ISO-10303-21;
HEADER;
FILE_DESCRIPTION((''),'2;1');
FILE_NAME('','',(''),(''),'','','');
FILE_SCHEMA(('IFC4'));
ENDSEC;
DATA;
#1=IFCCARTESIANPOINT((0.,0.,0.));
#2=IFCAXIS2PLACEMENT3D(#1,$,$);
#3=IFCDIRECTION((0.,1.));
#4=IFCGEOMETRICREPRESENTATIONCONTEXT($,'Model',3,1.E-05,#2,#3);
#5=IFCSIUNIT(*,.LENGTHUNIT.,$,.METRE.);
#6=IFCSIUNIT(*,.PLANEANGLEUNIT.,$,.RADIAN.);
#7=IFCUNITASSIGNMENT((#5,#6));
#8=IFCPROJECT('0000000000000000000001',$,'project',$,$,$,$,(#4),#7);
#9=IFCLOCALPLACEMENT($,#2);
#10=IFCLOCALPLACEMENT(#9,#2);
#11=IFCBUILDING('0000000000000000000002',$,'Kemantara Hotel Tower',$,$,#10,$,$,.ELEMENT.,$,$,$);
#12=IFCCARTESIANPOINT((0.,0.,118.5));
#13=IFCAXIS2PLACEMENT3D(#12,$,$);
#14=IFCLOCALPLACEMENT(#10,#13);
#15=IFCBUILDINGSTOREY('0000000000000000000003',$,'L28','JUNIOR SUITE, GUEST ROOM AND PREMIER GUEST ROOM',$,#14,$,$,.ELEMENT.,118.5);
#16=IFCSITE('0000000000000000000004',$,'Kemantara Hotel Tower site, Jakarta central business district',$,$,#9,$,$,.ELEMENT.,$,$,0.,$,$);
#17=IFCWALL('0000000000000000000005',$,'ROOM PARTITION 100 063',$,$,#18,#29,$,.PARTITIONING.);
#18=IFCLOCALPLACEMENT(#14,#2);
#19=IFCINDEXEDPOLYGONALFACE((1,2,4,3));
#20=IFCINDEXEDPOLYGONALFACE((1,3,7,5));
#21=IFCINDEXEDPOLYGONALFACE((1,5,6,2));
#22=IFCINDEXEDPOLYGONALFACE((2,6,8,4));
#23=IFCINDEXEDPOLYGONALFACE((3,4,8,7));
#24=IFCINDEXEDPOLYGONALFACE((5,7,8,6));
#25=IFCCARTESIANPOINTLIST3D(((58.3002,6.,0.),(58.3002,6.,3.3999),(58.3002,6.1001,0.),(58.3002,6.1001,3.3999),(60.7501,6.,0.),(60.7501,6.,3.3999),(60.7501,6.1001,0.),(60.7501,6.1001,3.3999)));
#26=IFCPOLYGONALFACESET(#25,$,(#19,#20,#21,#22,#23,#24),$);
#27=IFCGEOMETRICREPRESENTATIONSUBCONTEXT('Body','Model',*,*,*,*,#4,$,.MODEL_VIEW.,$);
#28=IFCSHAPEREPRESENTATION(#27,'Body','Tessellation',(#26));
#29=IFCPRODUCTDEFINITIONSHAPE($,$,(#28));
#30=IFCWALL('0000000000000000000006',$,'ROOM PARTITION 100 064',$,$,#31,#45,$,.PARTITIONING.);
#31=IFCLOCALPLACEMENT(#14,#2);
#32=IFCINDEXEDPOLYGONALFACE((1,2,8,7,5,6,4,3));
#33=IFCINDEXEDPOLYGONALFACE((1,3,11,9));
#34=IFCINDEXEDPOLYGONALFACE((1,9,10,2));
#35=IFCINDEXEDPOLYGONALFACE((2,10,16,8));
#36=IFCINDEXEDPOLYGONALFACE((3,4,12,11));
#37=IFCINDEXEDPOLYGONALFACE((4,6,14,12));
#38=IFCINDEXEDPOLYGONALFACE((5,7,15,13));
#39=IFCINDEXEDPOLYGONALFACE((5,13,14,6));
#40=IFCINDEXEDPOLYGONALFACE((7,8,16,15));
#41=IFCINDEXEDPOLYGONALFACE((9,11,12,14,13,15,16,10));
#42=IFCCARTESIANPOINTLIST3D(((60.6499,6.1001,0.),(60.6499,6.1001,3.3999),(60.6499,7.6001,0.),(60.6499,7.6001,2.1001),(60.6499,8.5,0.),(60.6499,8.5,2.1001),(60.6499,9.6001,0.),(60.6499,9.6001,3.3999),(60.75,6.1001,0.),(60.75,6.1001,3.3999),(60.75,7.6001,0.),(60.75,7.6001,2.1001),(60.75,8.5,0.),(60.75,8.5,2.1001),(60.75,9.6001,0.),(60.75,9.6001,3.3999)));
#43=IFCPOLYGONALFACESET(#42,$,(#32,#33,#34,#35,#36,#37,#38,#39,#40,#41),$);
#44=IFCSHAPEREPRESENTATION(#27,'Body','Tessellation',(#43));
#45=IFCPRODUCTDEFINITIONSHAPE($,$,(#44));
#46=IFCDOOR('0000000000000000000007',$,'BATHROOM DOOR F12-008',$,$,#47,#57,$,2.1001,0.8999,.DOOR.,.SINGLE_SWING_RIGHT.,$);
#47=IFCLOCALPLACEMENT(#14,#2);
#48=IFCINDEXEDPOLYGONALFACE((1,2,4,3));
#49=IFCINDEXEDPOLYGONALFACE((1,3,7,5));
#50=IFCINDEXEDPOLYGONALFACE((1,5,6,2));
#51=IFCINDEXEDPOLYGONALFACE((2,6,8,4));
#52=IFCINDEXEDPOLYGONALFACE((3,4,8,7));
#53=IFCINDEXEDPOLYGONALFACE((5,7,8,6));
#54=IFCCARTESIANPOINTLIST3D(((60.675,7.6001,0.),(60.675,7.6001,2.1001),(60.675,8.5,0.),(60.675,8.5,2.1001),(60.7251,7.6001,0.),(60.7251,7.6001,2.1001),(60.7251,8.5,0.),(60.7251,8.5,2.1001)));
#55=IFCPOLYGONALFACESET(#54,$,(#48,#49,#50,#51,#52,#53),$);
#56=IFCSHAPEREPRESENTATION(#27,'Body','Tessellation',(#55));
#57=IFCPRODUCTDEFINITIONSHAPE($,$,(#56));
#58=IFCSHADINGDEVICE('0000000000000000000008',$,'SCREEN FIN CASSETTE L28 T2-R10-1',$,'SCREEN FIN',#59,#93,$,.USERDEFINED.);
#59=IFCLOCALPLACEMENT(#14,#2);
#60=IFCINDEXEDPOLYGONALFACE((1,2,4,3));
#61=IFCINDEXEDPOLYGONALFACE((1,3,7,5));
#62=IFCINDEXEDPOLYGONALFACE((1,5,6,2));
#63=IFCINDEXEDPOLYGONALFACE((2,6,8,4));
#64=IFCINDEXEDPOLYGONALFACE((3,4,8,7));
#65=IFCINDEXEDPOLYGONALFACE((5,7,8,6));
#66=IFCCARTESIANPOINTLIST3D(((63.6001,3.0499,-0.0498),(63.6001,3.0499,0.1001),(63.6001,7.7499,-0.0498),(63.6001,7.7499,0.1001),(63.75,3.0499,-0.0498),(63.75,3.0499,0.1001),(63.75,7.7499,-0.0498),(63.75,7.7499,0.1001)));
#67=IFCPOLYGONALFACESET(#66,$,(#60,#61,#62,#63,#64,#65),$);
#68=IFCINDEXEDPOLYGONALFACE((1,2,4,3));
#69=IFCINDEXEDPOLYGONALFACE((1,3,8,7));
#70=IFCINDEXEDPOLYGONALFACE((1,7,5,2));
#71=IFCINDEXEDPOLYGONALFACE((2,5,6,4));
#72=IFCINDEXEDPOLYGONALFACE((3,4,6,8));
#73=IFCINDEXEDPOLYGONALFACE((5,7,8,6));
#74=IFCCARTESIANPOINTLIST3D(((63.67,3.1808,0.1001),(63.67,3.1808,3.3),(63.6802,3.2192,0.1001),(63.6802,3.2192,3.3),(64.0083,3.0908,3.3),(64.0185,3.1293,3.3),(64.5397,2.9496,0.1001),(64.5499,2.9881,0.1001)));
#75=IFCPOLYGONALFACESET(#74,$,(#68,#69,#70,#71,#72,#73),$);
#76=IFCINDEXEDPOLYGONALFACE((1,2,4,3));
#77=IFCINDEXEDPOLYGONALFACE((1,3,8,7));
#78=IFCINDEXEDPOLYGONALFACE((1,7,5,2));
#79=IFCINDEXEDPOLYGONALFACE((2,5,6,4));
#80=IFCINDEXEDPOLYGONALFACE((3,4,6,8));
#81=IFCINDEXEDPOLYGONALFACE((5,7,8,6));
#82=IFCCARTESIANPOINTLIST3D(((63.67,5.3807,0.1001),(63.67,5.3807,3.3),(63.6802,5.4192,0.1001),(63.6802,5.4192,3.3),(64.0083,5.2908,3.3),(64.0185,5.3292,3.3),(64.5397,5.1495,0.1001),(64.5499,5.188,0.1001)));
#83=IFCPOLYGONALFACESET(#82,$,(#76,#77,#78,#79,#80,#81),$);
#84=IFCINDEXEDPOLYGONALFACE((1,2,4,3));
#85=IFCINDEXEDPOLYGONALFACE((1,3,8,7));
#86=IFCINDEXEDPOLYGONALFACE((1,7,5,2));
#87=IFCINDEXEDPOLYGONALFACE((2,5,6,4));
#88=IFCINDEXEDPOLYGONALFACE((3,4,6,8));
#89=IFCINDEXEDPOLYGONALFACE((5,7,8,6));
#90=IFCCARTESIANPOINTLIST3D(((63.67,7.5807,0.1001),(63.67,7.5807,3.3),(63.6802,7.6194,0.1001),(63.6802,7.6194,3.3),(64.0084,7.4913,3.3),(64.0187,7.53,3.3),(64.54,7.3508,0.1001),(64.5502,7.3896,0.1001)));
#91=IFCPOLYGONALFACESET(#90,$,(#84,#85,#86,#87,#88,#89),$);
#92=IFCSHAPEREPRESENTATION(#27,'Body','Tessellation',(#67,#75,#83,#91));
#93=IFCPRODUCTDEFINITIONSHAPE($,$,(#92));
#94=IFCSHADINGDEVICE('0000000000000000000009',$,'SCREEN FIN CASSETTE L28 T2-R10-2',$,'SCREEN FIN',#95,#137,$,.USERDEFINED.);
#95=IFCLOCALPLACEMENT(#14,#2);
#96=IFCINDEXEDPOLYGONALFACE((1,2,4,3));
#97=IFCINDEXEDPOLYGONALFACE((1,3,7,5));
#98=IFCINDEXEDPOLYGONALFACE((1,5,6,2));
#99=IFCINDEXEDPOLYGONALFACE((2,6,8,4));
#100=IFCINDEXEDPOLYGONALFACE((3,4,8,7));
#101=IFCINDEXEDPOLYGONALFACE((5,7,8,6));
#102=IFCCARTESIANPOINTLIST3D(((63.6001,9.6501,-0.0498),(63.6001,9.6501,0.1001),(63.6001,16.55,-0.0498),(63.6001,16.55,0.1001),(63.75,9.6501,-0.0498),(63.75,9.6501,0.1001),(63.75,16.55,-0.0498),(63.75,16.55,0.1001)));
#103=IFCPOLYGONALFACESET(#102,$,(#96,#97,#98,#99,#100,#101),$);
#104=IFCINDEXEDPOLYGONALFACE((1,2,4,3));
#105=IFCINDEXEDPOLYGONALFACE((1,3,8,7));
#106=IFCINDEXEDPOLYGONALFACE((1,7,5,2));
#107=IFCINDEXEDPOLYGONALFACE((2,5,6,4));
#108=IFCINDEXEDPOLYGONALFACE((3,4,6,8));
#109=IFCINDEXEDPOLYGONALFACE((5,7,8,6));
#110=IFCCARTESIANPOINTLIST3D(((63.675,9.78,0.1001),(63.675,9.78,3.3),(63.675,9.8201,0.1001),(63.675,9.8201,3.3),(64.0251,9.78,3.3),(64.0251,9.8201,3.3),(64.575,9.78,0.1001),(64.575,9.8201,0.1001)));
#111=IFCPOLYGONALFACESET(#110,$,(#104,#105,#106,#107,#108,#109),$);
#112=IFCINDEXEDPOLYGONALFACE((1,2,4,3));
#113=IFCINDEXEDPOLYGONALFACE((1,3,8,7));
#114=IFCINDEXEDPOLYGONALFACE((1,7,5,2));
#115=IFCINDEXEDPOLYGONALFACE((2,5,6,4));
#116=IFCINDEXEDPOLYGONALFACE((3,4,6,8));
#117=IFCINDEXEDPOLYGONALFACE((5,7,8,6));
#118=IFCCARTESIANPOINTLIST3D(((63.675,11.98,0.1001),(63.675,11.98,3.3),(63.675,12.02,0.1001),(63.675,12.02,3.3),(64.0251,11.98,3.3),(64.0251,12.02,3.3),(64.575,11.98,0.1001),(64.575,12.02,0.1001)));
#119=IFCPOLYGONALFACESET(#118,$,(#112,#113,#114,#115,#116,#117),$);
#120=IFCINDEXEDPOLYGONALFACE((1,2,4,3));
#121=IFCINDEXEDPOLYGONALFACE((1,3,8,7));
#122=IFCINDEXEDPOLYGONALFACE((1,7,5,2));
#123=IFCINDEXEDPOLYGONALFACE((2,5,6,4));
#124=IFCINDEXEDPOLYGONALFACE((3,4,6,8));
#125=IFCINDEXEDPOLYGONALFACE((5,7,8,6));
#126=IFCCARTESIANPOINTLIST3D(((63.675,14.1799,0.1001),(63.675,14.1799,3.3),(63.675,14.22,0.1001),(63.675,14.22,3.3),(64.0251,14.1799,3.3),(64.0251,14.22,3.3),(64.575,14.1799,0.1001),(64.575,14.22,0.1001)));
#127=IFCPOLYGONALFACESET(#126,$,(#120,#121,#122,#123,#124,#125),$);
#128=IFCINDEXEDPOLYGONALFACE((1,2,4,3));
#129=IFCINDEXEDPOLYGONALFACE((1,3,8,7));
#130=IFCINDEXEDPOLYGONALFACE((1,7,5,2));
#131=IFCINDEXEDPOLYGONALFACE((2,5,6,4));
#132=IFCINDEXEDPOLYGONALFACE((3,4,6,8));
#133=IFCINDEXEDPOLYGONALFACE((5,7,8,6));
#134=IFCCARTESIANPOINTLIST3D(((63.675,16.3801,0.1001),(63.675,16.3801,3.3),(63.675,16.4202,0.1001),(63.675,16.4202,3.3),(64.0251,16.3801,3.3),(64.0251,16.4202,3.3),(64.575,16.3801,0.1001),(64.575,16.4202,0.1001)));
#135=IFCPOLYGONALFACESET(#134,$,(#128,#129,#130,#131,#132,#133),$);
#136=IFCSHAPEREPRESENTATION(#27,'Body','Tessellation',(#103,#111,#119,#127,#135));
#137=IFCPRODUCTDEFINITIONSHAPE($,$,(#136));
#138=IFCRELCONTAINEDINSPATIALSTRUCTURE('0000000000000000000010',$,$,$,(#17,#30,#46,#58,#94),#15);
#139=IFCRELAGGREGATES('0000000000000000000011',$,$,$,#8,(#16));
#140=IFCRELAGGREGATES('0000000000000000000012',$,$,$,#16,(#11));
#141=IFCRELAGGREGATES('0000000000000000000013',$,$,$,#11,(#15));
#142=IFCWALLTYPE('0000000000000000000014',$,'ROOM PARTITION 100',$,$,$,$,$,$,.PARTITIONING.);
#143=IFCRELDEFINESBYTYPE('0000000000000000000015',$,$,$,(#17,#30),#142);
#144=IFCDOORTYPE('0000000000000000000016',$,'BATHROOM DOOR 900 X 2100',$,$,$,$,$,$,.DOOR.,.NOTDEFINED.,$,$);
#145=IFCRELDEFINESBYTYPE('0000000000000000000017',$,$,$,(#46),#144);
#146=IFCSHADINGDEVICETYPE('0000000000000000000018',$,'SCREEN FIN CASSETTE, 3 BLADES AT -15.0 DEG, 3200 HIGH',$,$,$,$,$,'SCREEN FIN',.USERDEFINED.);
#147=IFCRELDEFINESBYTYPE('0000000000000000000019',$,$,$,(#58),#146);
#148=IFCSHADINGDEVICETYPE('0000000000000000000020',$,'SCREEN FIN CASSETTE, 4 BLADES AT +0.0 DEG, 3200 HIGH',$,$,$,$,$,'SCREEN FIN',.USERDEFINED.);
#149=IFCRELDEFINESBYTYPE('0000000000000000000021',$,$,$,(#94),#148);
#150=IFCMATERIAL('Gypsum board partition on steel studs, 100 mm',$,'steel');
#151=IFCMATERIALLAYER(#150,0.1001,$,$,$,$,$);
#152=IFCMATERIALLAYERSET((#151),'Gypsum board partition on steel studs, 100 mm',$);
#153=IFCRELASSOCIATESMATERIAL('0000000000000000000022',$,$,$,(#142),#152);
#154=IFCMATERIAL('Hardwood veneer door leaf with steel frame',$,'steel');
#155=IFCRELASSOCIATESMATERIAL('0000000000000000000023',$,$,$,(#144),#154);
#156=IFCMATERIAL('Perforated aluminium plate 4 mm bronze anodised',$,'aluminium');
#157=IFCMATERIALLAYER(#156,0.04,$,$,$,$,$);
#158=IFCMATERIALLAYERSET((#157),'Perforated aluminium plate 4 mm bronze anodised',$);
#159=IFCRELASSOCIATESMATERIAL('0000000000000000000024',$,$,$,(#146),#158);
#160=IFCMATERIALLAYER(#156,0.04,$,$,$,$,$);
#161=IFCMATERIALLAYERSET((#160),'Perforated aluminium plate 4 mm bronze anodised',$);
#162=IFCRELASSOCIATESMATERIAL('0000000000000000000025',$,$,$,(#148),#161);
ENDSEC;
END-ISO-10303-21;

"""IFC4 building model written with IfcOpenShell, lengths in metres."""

from ifc_helpers import new_model, si_unit, direction, frame, frame_2d, origin, origin_2d, place, context, subcontext, project, spatial, polyline, rectangle, outline, extrude, source, transform, mapped, material, layer, layer_set, type_object, element, fill, save


model = new_model("IFC4")

# Units and contexts
model_context = context("Model", 3, precision=1e-05, world=origin(), true_north=direction((0.0, 1.0)))
body_context = subcontext(model_context, "Body", "Model", "MODEL_VIEW")
ifc_project = project(units=[si_unit("LENGTHUNIT", "METRE"), si_unit("PLANEANGLEUNIT", "RADIAN")], contexts=[model_context])

# Site, building, storey
site_placement = place(None, origin())
site = spatial("IfcSite", under=ifc_project, at=site_placement, Name="Kemantara Hotel Tower site, Jakarta central business district", CompositionType="ELEMENT", RefElevation=0.0)
building_placement = place(site_placement, origin())
building = spatial("IfcBuilding", under=site, at=building_placement, Name="Kemantara Hotel Tower", CompositionType="ELEMENT")
storey_placement = place(building_placement, frame((0.0, 0.0, 118.5)))
storey = spatial("IfcBuildingStorey", under=building, at=storey_placement, Name="L28", Description="JUNIOR SUITE, GUEST ROOM AND PREMIER GUEST ROOM", CompositionType="ELEMENT", Elevation=118.5)

# Shared definitions
ifc_material_1 = material(Name="Hardwood veneer door leaf with steel frame", Category="steel")

# Wall
ifc_material_2 = material(Name="Gypsum board partition on steel studs, 100 mm", Category="steel")
ifc_layer_1 = layer(ifc_material_2, 0.1001)
ifc_layer_set_1 = layer_set([ifc_layer_1], Name="Gypsum board partition on steel studs, 100 mm")
wall_type_1 = type_object("IfcWallType", Name="ROOM PARTITION 100", PredefinedType="PARTITIONING", material=ifc_layer_set_1)
wall_1_placement = place(storey_placement, frame((58.3, 6.05, 0.0), z_axis=(0.0, 0.0, 1.0), x_axis=(1.0, 0.0, 0.0)))
element("IfcWall", 1, at=wall_1_placement, inside=storey, type_object=wall_type_1, Name="ROOM PARTITION 100 063", PredefinedType="PARTITIONING", context=body_context, shape_type="SweptSolid", body=[
    extrude(rectangle(XDim=2.45, YDim=0.1001, at=frame_2d((1.2251, 0.0))), origin(), (0.0, 0.0, 1.0), 3.3999),
])

# Wall, opening, door
wall_2_placement = place(storey_placement, frame((60.7, 6.1001, 0.0), z_axis=(0.0, 0.0, 1.0), x_axis=(0.0, 1.0, 0.0)))
wall_2 = element("IfcWall", 2, at=wall_2_placement, inside=storey, type_object=wall_type_1, Name="ROOM PARTITION 100 064", PredefinedType="PARTITIONING", context=body_context, shape_type="SweptSolid", body=[
    extrude(rectangle(XDim=3.5, YDim=0.1001, at=frame_2d((1.75, 0.0))), origin(), (0.0, 0.0, 1.0), 3.3999),
])
opening_1_placement = place(wall_2_placement, frame((1.5, 0.0, 0.0)))
opening_1 = element("IfcOpeningElement", 3, at=opening_1_placement, cuts=wall_2, PredefinedType="OPENING", context=body_context, shape_type="SweptSolid", body=[
    extrude(rectangle(XDim=0.8999, YDim=2.1001, at=frame_2d((0.45, 1.05))), frame((0.0, 0.0601, 0.0), z_axis=(0.0, -1.0, 0.0), x_axis=(1.0, 0.0, 0.0)), (0.0, 0.0, 1.0), 0.1201),
])
door_type_1 = type_object("IfcDoorType", Name="BATHROOM DOOR 900 X 2100", OperationType="NOTDEFINED", PredefinedType="DOOR", material=ifc_material_1)
door_1_placement = place(opening_1_placement, origin())
door_1 = element("IfcDoor", 4, at=door_1_placement, inside=storey, type_object=door_type_1, Name="BATHROOM DOOR F12-008", OperationType="SINGLE_SWING_RIGHT", OverallHeight=2.1001, OverallWidth=0.8999, PredefinedType="DOOR", context=body_context, shape_type="SweptSolid", body=[
    extrude(rectangle(XDim=0.8999, YDim=2.1001, at=frame_2d((0.45, 1.05))), frame((0.0, 0.0249, 0.0), z_axis=(0.0, -1.0, 0.0), x_axis=(1.0, 0.0, 0.0)), (0.0, 0.0, 1.0), 0.05),
])
fill(opening_1, door_1)

# Shading devices
ifc_material_3 = material(Name="Perforated aluminium plate 4 mm bronze anodised", Category="aluminium")
ifc_layer_2 = layer(ifc_material_3, 0.04)
ifc_layer_set_2 = layer_set([ifc_layer_2], Name="Perforated aluminium plate 4 mm bronze anodised")
shading_device_type_1 = type_object("IfcShadingDeviceType", Name="SCREEN FIN CASSETTE, 3 BLADES AT -15.0 DEG, 3200 HIGH", ElementType="SCREEN FIN", PredefinedType="USERDEFINED", material=ifc_layer_set_2)
shared_shape_1 = source(origin(), body_context, "Body", "SweptSolid", [
    extrude(rectangle(XDim=4.7, YDim=0.1499, at=origin_2d()), frame((2.2, -0.075, -0.1499), z_axis=(0.0, 0.0, 1.0), x_axis=(1.0, 0.0, 0.0)), (0.0, 0.0, 1.0), 0.1499),
    extrude(outline(polyline([(0.0, 0.0), (0.8999, 0.0), (0.3501, 3.2), (0.0, 3.2), (0.0, 0.0)])), frame((0.0193, -0.0801, 0.0), z_axis=(-0.966438, 0.256901, 0.0), x_axis=(-0.256901, -0.966438, 0.0)), (0.0, 0.0, 1.0), 0.0398),
    extrude(outline(polyline([(0.0, 0.0), (0.8999, 0.0), (0.3501, 3.2), (0.0, 3.2), (0.0, 0.0)])), frame((2.2192, -0.0801, 0.0), z_axis=(-0.966438, 0.256901, 0.0), x_axis=(-0.256901, -0.966438, 0.0)), (0.0, 0.0, 1.0), 0.0398),
    extrude(outline(polyline([(0.0, 0.0), (0.8999, 0.0), (0.3501, 3.2), (0.0, 3.2), (0.0, 0.0)])), frame((4.4194, -0.0801, 0.0), z_axis=(-0.966838, 0.255391, 0.0), x_axis=(-0.255391, -0.966838, 0.0)), (0.0, 0.0, 1.0), 0.04),
])
shading_device_1_placement = place(storey_placement, frame((63.6001, 3.2, 0.1001), z_axis=(0.0, 0.0, 1.0), x_axis=(0.0, 1.0, 0.0)))
element("IfcShadingDevice", 5, at=shading_device_1_placement, inside=storey, type_object=shading_device_type_1, Name="SCREEN FIN CASSETTE L28 T2-R10-1", ObjectType="SCREEN FIN", PredefinedType="USERDEFINED", context=body_context, shape_type="MappedRepresentation", body=[
    mapped(shared_shape_1, transform((0.0, 0.0, 0.0))),
])
ifc_layer_3 = layer(ifc_material_3, 0.04)
ifc_layer_set_3 = layer_set([ifc_layer_3], Name="Perforated aluminium plate 4 mm bronze anodised")
shading_device_type_2 = type_object("IfcShadingDeviceType", Name="SCREEN FIN CASSETTE, 4 BLADES AT +0.0 DEG, 3200 HIGH", ElementType="SCREEN FIN", PredefinedType="USERDEFINED", material=ifc_layer_set_3)
shared_shape_2 = source(origin(), body_context, "Body", "SweptSolid", [
    extrude(rectangle(XDim=6.8999, YDim=0.1499, at=origin_2d()), frame((3.3, -0.075, -0.1499), z_axis=(0.0, 0.0, 1.0), x_axis=(1.0, 0.0, 0.0)), (0.0, 0.0, 1.0), 0.1499),
    extrude(outline(polyline([(0.0, 0.0), (0.8999, 0.0), (0.3501, 3.2), (0.0, 3.2), (0.0, 0.0)])), frame((0.02, -0.075, 0.0), z_axis=(-1.0, 0.0, 0.0), x_axis=(0.0, -1.0, 0.0)), (0.0, 0.0, 1.0), 0.04),
    extrude(outline(polyline([(0.0, 0.0), (0.8999, 0.0), (0.3501, 3.2), (0.0, 3.2), (0.0, 0.0)])), frame((2.22, -0.075, 0.0), z_axis=(-1.0, 0.0, 0.0), x_axis=(0.0, -1.0, 0.0)), (0.0, 0.0, 1.0), 0.04),
    extrude(outline(polyline([(0.0, 0.0), (0.8999, 0.0), (0.3501, 3.2), (0.0, 3.2), (0.0, 0.0)])), frame((4.4199, -0.075, 0.0), z_axis=(-1.0, 0.0, 0.0), x_axis=(0.0, -1.0, 0.0)), (0.0, 0.0, 1.0), 0.04),
    extrude(outline(polyline([(0.0, 0.0), (0.8999, 0.0), (0.3501, 3.2), (0.0, 3.2), (0.0, 0.0)])), frame((6.6201, -0.075, 0.0), z_axis=(-1.0, 0.0, 0.0), x_axis=(0.0, -1.0, 0.0)), (0.0, 0.0, 1.0), 0.04),
])
shading_device_2_placement = place(storey_placement, frame((63.6001, 9.8, 0.1001), z_axis=(0.0, 0.0, 1.0), x_axis=(0.0, 1.0, 0.0)))
element("IfcShadingDevice", 6, at=shading_device_2_placement, inside=storey, type_object=shading_device_type_2, Name="SCREEN FIN CASSETTE L28 T2-R10-2", ObjectType="SCREEN FIN", PredefinedType="USERDEFINED", context=body_context, shape_type="MappedRepresentation", body=[
    mapped(shared_shape_2, transform((0.0, 0.0, 0.0))),
])

save(model, "model.ifc")
